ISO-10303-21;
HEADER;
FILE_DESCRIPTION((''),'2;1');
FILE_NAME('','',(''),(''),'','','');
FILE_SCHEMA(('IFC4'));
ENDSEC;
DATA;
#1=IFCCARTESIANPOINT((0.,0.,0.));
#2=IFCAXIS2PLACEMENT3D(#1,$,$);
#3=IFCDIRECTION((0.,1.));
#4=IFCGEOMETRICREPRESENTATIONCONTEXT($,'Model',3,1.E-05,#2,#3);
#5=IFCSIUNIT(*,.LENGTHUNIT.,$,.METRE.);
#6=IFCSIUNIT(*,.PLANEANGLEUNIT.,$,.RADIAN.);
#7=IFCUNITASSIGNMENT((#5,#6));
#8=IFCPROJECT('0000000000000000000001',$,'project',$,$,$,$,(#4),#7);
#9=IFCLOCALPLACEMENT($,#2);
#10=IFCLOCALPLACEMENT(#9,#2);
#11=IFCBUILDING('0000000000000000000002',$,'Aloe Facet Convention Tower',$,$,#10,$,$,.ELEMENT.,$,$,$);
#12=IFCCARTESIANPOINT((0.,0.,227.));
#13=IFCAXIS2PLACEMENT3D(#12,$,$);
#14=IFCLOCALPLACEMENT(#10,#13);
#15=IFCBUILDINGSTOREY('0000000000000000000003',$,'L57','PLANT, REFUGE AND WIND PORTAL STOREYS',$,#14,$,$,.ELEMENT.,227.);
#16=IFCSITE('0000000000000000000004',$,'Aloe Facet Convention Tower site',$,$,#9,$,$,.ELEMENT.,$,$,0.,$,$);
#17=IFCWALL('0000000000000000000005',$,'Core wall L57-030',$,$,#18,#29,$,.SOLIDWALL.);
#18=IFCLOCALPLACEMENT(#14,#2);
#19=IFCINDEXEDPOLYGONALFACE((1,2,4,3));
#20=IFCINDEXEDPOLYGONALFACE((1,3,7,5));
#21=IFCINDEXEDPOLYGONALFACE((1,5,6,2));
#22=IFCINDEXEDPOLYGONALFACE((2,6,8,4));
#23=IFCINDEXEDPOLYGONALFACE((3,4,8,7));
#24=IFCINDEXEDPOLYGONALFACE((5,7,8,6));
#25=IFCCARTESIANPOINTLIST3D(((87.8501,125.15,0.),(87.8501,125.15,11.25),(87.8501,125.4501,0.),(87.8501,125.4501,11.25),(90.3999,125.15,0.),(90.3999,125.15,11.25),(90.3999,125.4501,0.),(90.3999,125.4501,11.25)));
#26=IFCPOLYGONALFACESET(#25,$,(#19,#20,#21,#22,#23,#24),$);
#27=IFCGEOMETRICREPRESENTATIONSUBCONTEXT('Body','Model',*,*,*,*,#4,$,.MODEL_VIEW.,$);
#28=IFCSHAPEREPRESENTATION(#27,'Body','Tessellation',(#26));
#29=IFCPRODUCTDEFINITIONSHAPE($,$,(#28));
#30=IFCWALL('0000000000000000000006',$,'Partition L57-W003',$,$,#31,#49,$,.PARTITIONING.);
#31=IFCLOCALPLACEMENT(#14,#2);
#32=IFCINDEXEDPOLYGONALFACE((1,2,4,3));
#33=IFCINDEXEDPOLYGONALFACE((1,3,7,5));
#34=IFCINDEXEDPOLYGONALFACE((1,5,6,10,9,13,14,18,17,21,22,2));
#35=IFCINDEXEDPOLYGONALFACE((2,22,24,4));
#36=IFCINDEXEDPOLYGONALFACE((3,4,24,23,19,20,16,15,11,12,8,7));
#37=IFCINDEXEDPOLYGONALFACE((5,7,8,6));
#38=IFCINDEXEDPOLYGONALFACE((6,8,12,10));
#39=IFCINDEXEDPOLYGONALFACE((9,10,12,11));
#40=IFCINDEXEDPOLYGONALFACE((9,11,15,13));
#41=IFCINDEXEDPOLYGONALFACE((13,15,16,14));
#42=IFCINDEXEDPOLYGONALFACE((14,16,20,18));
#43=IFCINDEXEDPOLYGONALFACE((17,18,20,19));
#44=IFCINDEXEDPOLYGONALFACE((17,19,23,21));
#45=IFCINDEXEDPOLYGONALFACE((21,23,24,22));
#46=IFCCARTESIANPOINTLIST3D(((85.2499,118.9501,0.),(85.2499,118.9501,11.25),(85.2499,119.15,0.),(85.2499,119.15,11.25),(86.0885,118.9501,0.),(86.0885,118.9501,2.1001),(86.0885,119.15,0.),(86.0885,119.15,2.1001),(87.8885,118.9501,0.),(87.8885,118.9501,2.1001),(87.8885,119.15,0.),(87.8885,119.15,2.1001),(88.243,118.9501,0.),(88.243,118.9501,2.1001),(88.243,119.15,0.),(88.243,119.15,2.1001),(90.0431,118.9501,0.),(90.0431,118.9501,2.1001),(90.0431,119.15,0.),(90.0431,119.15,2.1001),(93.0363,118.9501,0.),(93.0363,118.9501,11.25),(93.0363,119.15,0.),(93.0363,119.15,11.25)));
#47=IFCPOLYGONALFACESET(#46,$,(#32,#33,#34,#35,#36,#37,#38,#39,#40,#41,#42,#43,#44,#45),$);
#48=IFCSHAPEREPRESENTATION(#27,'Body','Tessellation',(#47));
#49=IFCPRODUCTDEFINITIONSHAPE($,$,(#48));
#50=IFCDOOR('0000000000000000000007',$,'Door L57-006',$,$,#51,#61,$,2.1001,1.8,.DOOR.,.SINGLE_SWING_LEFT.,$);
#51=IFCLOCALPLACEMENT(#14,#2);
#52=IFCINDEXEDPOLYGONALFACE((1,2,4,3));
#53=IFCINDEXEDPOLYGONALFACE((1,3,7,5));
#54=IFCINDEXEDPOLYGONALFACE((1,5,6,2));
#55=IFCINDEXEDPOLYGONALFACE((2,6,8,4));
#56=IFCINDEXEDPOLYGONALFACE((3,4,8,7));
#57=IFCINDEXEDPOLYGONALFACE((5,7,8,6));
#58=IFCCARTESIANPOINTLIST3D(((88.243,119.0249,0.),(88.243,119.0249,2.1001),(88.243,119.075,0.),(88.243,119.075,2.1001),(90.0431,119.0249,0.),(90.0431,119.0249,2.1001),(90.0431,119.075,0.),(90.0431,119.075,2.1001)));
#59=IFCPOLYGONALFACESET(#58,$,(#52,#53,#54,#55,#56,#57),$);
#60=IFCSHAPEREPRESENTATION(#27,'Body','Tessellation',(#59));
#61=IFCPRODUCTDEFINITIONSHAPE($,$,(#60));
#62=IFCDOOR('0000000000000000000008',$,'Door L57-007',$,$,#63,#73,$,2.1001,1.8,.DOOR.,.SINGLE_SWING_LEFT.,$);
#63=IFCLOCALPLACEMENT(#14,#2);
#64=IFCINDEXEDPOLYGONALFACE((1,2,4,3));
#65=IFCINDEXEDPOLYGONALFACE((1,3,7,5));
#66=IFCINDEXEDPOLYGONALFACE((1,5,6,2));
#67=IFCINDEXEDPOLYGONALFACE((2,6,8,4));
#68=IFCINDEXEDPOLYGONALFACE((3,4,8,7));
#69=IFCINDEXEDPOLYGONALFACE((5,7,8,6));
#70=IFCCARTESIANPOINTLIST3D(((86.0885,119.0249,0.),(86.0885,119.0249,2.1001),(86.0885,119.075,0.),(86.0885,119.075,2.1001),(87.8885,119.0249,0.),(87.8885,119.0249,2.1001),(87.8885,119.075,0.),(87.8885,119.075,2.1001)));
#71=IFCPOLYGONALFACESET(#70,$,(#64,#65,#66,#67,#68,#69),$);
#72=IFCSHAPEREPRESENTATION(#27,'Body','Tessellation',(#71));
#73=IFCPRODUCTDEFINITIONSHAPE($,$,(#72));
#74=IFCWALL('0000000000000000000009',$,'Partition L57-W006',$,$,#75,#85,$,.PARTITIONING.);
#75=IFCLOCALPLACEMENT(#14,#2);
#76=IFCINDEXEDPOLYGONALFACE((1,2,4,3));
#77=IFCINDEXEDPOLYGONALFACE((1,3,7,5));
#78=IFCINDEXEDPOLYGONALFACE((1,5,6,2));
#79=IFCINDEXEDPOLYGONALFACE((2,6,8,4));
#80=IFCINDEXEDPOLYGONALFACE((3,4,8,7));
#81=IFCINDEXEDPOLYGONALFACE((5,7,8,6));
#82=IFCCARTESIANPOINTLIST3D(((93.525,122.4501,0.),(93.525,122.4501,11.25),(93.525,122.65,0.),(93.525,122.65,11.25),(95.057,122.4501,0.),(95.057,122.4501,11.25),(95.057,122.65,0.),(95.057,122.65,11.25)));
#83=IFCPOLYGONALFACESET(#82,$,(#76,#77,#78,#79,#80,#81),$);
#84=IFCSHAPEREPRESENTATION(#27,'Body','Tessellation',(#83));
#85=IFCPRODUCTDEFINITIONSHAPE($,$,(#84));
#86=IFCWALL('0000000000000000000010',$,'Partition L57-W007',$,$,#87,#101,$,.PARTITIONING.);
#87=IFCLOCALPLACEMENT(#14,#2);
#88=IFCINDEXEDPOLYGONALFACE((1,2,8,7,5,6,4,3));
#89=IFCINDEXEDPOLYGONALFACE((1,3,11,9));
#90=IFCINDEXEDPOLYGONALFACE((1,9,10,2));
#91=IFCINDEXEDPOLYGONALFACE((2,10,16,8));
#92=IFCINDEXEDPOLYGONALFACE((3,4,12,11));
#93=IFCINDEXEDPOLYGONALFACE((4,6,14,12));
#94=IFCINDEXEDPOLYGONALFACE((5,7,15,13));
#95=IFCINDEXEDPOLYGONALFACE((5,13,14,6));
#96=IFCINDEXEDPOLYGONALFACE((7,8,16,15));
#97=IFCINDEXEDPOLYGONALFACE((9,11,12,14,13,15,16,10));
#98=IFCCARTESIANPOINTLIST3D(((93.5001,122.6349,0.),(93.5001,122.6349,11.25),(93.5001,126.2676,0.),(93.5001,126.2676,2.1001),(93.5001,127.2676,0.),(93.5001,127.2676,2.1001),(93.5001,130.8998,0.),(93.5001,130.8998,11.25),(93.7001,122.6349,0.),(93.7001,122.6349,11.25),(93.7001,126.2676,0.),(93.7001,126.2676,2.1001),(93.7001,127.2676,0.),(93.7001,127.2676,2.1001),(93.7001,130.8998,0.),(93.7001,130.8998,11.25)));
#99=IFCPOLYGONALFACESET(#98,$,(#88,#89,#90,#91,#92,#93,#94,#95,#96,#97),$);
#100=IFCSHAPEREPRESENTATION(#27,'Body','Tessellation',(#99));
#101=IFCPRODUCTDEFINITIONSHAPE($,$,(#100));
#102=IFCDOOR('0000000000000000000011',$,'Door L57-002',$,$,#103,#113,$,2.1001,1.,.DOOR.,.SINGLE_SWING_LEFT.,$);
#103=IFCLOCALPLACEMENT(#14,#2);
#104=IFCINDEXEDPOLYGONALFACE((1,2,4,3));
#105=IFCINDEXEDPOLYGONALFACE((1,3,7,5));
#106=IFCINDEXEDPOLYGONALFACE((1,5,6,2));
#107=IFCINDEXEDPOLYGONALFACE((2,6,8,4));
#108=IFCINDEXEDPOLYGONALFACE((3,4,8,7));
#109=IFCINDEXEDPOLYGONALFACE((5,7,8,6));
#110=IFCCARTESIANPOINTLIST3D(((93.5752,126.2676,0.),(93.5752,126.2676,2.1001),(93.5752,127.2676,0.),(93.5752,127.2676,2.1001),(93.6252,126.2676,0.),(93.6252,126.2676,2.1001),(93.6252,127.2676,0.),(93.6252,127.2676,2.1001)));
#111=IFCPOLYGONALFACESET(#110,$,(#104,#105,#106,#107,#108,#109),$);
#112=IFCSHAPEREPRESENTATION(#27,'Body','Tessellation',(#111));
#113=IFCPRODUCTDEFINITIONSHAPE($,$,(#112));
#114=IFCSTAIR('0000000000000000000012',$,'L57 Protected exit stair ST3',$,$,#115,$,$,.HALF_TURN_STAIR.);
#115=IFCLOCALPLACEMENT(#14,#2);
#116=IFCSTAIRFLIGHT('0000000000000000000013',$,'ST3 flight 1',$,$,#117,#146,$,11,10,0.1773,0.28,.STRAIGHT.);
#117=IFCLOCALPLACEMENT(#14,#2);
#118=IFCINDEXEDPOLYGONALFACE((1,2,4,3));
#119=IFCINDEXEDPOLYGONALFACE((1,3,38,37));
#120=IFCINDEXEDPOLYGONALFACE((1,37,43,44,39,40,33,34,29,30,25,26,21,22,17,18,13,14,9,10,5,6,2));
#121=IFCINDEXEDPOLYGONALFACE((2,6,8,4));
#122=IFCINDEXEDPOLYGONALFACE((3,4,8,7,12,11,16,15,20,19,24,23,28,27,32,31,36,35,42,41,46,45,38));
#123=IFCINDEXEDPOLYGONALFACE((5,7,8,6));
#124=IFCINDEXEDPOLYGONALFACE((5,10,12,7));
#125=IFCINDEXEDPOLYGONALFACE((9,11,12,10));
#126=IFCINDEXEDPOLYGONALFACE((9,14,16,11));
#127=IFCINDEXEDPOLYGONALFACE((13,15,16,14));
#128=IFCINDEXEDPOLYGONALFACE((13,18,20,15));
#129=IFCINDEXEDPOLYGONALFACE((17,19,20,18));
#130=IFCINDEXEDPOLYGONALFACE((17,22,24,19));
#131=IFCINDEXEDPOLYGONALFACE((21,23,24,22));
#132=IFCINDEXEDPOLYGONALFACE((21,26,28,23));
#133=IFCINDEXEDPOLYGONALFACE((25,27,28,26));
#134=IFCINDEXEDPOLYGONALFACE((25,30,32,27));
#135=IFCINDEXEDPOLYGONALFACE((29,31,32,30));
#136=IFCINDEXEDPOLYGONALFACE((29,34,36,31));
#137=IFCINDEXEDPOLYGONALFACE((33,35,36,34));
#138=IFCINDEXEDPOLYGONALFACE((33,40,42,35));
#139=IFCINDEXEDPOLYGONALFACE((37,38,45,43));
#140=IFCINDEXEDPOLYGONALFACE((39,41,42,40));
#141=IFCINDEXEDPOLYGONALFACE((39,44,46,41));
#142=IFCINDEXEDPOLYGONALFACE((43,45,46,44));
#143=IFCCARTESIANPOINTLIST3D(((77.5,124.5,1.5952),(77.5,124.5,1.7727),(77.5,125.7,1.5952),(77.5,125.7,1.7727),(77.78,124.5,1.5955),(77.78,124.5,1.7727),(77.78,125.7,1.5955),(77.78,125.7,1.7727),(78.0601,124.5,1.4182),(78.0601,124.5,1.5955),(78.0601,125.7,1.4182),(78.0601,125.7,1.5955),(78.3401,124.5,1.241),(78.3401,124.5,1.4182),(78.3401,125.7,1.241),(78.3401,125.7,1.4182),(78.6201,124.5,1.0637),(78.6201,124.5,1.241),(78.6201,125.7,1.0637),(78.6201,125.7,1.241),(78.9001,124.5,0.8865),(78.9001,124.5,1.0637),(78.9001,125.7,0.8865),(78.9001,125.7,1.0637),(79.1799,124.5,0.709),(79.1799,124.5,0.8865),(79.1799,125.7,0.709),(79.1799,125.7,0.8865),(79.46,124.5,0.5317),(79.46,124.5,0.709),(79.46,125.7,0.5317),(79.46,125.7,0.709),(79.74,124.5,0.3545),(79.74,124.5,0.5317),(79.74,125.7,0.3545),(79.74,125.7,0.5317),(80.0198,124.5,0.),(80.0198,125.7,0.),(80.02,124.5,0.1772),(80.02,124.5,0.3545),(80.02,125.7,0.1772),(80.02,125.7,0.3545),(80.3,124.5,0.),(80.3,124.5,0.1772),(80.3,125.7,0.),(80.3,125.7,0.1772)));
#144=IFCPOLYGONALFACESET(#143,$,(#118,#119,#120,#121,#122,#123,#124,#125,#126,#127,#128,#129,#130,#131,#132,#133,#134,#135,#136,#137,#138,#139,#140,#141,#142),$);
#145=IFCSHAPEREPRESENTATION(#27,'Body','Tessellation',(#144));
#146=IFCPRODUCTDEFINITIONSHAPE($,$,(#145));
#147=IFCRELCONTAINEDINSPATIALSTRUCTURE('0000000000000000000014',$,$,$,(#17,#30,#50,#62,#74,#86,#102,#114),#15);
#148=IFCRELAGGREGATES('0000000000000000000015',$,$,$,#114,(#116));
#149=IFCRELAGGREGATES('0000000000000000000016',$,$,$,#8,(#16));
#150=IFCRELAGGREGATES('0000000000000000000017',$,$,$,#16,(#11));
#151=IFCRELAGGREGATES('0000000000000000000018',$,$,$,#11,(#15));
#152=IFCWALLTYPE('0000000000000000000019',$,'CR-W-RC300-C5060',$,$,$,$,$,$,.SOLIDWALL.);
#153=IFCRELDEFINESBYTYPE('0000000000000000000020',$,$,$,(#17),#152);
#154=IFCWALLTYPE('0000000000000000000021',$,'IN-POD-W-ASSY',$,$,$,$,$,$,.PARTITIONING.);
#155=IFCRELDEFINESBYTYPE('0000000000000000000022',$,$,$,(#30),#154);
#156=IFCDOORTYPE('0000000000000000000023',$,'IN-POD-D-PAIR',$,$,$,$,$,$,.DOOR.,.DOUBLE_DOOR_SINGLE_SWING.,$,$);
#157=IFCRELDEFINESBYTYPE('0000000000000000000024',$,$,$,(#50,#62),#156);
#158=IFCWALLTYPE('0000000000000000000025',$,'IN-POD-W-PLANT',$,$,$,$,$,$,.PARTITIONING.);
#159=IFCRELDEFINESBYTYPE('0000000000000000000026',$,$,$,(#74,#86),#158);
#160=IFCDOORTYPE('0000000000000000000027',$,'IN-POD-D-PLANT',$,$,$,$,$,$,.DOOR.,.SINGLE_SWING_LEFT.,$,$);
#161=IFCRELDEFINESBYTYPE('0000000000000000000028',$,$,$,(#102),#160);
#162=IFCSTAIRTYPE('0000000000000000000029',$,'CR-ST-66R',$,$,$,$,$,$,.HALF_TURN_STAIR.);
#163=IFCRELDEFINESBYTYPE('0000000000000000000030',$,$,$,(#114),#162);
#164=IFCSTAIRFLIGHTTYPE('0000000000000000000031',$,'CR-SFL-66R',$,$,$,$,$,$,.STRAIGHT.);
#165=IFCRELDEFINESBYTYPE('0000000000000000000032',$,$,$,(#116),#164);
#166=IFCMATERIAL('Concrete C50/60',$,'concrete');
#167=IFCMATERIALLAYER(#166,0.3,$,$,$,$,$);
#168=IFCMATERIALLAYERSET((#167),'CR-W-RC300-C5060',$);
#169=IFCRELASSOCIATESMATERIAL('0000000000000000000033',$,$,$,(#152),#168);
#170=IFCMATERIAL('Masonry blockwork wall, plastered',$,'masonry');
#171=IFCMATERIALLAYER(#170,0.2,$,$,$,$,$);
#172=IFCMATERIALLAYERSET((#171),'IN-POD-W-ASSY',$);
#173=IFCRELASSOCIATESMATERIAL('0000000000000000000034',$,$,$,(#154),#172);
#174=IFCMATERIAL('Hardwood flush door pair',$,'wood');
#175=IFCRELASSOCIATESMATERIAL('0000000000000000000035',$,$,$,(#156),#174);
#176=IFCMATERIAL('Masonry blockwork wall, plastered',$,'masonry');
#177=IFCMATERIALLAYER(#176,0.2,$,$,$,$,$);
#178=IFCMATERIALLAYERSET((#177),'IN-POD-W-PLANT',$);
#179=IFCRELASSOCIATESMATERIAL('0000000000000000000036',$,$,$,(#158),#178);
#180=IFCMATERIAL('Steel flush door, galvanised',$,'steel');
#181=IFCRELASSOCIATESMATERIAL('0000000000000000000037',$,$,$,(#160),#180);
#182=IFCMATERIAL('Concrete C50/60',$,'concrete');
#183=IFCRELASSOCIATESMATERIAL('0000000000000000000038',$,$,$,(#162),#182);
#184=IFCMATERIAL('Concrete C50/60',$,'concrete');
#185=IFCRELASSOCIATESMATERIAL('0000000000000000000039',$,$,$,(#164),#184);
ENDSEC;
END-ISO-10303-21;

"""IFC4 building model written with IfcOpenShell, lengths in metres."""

from ifc_helpers import new_model, si_unit, direction, frame, frame_2d, origin, place, context, subcontext, project, spatial, polyline, rectangle, outline, extrude, material, layer, layer_set, type_object, element, fill, aggregate, save


model = new_model("IFC4")

# Units and contexts
model_context = context("Model", 3, precision=1e-05, world=origin(), true_north=direction((0.0, 1.0)))
body_context = subcontext(model_context, "Body", "Model", "MODEL_VIEW")
ifc_project = project(units=[si_unit("LENGTHUNIT", "METRE"), si_unit("PLANEANGLEUNIT", "RADIAN")], contexts=[model_context])

# Site, building, storey
site_placement = place(None, origin())
site = spatial("IfcSite", under=ifc_project, at=site_placement, Name="Aloe Facet Convention Tower site", CompositionType="ELEMENT", RefElevation=0.0)
building_placement = place(site_placement, origin())
building = spatial("IfcBuilding", under=site, at=building_placement, Name="Aloe Facet Convention Tower", CompositionType="ELEMENT")
storey_placement = place(building_placement, frame((0.0, 0.0, 227.0)))
storey = spatial("IfcBuildingStorey", under=building, at=storey_placement, Name="L57", Description="PLANT, REFUGE AND WIND PORTAL STOREYS", CompositionType="ELEMENT", Elevation=227.0)

# Shared definitions
ifc_material_1 = material(Name="Concrete C50/60", Category="concrete")
ifc_layer_1 = layer(ifc_material_1, 0.3)
ifc_layer_set_1 = layer_set([ifc_layer_1], Name="CR-W-RC300-C5060")
wall_type_1 = type_object("IfcWallType", Name="CR-W-RC300-C5060", PredefinedType="SOLIDWALL", material=ifc_layer_set_1)

# Wall
wall_1_placement = place(storey_placement, frame((87.8501, 125.3, 0.0), z_axis=(0.0, 0.0, 1.0), x_axis=(1.0, 0.0, 0.0)))
element("IfcWall", 1, at=wall_1_placement, inside=storey, type_object=wall_type_1, Name="Core wall L57-030", PredefinedType="SOLIDWALL", context=body_context, shape_type="SweptSolid", body=[
    extrude(rectangle(XDim=2.5498, YDim=0.3, at=frame_2d((1.2749, 0.0))), origin(), (0.0, 0.0, 1.0), 11.25),
])

# Wall, openings, doors
ifc_material_2 = material(Name="Masonry blockwork wall, plastered", Category="masonry")
ifc_layer_2 = layer(ifc_material_2, 0.2)
ifc_layer_set_2 = layer_set([ifc_layer_2], Name="IN-POD-W-ASSY")
wall_type_2 = type_object("IfcWallType", Name="IN-POD-W-ASSY", PredefinedType="PARTITIONING", material=ifc_layer_set_2)
wall_2_placement = place(storey_placement, frame((85.25, 119.05, 0.0), z_axis=(0.0, 0.0, 1.0), x_axis=(1.0, 0.0, 0.0)))
wall_2 = element("IfcWall", 2, at=wall_2_placement, inside=storey, type_object=wall_type_2, Name="Partition L57-W003", PredefinedType="PARTITIONING", context=body_context, shape_type="SweptSolid", body=[
    extrude(rectangle(XDim=7.7864, YDim=0.2, at=frame_2d((3.8931, 0.0))), origin(), (0.0, 0.0, 1.0), 11.25),
])
opening_1_placement = place(wall_2_placement, frame((2.9932, 0.0, 0.0)))
opening_1 = element("IfcOpeningElement", 3, at=opening_1_placement, cuts=wall_2, PredefinedType="OPENING", context=body_context, shape_type="SweptSolid", body=[
    extrude(rectangle(XDim=1.8, YDim=2.1001, at=frame_2d((0.8999, 1.05))), frame((0.0, 0.1099, 0.0), z_axis=(0.0, -1.0, 0.0), x_axis=(1.0, 0.0, 0.0)), (0.0, 0.0, 1.0), 0.22),
])
opening_2_placement = place(wall_2_placement, frame((0.8386, 0.0, 0.0)))
opening_2 = element("IfcOpeningElement", 4, at=opening_2_placement, cuts=wall_2, PredefinedType="OPENING", context=body_context, shape_type="SweptSolid", body=[
    extrude(rectangle(XDim=1.8, YDim=2.1001, at=frame_2d((0.8999, 1.05))), frame((0.0, 0.1099, 0.0), z_axis=(0.0, -1.0, 0.0), x_axis=(1.0, 0.0, 0.0)), (0.0, 0.0, 1.0), 0.22),
])
ifc_material_3 = material(Name="Hardwood flush door pair", Category="wood")
door_type_1 = type_object("IfcDoorType", Name="IN-POD-D-PAIR", OperationType="DOUBLE_DOOR_SINGLE_SWING", PredefinedType="DOOR", material=ifc_material_3)
door_1_placement = place(opening_1_placement, origin())
door_1 = element("IfcDoor", 5, at=door_1_placement, inside=storey, type_object=door_type_1, Name="Door L57-006", OperationType="SINGLE_SWING_LEFT", OverallHeight=2.1001, OverallWidth=1.8, PredefinedType="DOOR", context=body_context, shape_type="SweptSolid", body=[
    extrude(rectangle(XDim=1.8, YDim=2.1001, at=frame_2d((0.8999, 1.05))), frame((0.0, 0.0249, 0.0), z_axis=(0.0, -1.0, 0.0), x_axis=(1.0, 0.0, 0.0)), (0.0, 0.0, 1.0), 0.05),
])
fill(opening_1, door_1)
door_2_placement = place(opening_2_placement, origin())
door_2 = element("IfcDoor", 6, at=door_2_placement, inside=storey, type_object=door_type_1, Name="Door L57-007", OperationType="SINGLE_SWING_LEFT", OverallHeight=2.1001, OverallWidth=1.8, PredefinedType="DOOR", context=body_context, shape_type="SweptSolid", body=[
    extrude(rectangle(XDim=1.8, YDim=2.1001, at=frame_2d((0.8999, 1.05))), frame((0.0, 0.0249, 0.0), z_axis=(0.0, -1.0, 0.0), x_axis=(1.0, 0.0, 0.0)), (0.0, 0.0, 1.0), 0.05),
])
fill(opening_2, door_2)

# Wall
ifc_material_4 = material(Name="Masonry blockwork wall, plastered", Category="masonry")
ifc_layer_3 = layer(ifc_material_4, 0.2)
ifc_layer_set_3 = layer_set([ifc_layer_3], Name="IN-POD-W-PLANT")
wall_type_3 = type_object("IfcWallType", Name="IN-POD-W-PLANT", PredefinedType="PARTITIONING", material=ifc_layer_set_3)
wall_3_placement = place(storey_placement, frame((93.5249, 122.55, 0.0), z_axis=(0.0, 0.0, 1.0), x_axis=(1.0, 0.0, 0.0)))
element("IfcWall", 7, at=wall_3_placement, inside=storey, type_object=wall_type_3, Name="Partition L57-W006", PredefinedType="PARTITIONING", context=body_context, shape_type="SweptSolid", body=[
    extrude(rectangle(XDim=1.532, YDim=0.2, at=frame_2d((0.7661, 0.0))), origin(), (0.0, 0.0, 1.0), 11.25),
])

# Wall, opening, door
wall_4_placement = place(storey_placement, frame((93.6001, 122.635, 0.0), z_axis=(0.0, 0.0, 1.0), x_axis=(0.0, 1.0, 0.0)))
wall_4 = element("IfcWall", 8, at=wall_4_placement, inside=storey, type_object=wall_type_3, Name="Partition L57-W007", PredefinedType="PARTITIONING", context=body_context, shape_type="SweptSolid", body=[
    extrude(rectangle(XDim=8.2649, YDim=0.2, at=frame_2d((4.1323, 0.0))), origin(), (0.0, 0.0, 1.0), 11.25),
])
opening_3_placement = place(wall_4_placement, frame((3.6326, 0.0, 0.0)))
opening_3 = element("IfcOpeningElement", 9, at=opening_3_placement, cuts=wall_4, PredefinedType="OPENING", context=body_context, shape_type="SweptSolid", body=[
    extrude(rectangle(XDim=1.0, YDim=2.1001, at=frame_2d((0.5, 1.05))), frame((0.0, 0.1099, 0.0), z_axis=(0.0, -1.0, 0.0), x_axis=(1.0, 0.0, 0.0)), (0.0, 0.0, 1.0), 0.22),
])
ifc_material_5 = material(Name="Steel flush door, galvanised", Category="steel")
door_type_2 = type_object("IfcDoorType", Name="IN-POD-D-PLANT", OperationType="SINGLE_SWING_LEFT", PredefinedType="DOOR", material=ifc_material_5)
door_3_placement = place(opening_3_placement, origin())
door_3 = element("IfcDoor", 10, at=door_3_placement, inside=storey, type_object=door_type_2, Name="Door L57-002", OperationType="SINGLE_SWING_LEFT", OverallHeight=2.1001, OverallWidth=1.0, PredefinedType="DOOR", context=body_context, shape_type="SweptSolid", body=[
    extrude(rectangle(XDim=1.0, YDim=2.1001, at=frame_2d((0.5, 1.05))), frame((0.0, 0.0249, 0.0), z_axis=(0.0, -1.0, 0.0), x_axis=(1.0, 0.0, 0.0)), (0.0, 0.0, 1.0), 0.05),
])
fill(opening_3, door_3)

# Stair, stair flight
ifc_material_6 = material(Name="Concrete C50/60", Category="concrete")
stair_type = type_object("IfcStairType", Name="CR-ST-66R", PredefinedType="HALF_TURN_STAIR", material=ifc_material_6)
stair_placement = place(storey_placement, origin())
stair = element("IfcStair", 11, at=stair_placement, inside=storey, type_object=stair_type, Name="L57 Protected exit stair ST3", PredefinedType="HALF_TURN_STAIR")
ifc_material_7 = material(Name="Concrete C50/60", Category="concrete")
stair_flight_type = type_object("IfcStairFlightType", Name="CR-SFL-66R", PredefinedType="STRAIGHT", material=ifc_material_7)
stair_flight_1_placement = place(storey_placement, frame((80.3, 125.1001, 0.0), z_axis=(0.0, 0.0, 1.0), x_axis=(-1.0, 0.0, 0.0)))
stair_flight_1 = element("IfcStairFlight", 12, at=stair_flight_1_placement, type_object=stair_flight_type, Name="ST3 flight 1", NumberOfRisers=11, NumberOfTreads=10, PredefinedType="STRAIGHT", RiserHeight=0.1773, TreadLength=0.28, context=body_context, shape_type="SweptSolid", body=[
    extrude(outline(polyline([(0.0, 0.0), (0.0, 0.1772), (0.28, 0.1772), (0.28, 0.3545), (0.5601, 0.3545), (0.5601, 0.5317), (0.8401, 0.5317), (0.8401, 0.709), (1.1201, 0.709), (1.1201, 0.8865), (1.3999, 0.8865), (1.3999, 1.0637), (1.6799, 1.0637), (1.6799, 1.241), (1.96, 1.241), (1.96, 1.4182), (2.24, 1.4182), (2.24, 1.5955), (2.52, 1.5955), (2.52, 1.7727), (2.8, 1.7727), (2.8, 1.95), (2.8, 1.5952), (0.2803, 0.0), (0.0, 0.0)])), frame((0.0, 0.6001, 0.0), z_axis=(0.0, -1.0, 0.0), x_axis=(1.0, 0.0, 0.0)), (0.0, 0.0, 1.0), 1.2),
])
aggregate(stair, [stair_flight_1])

save(model, "model.ifc")
